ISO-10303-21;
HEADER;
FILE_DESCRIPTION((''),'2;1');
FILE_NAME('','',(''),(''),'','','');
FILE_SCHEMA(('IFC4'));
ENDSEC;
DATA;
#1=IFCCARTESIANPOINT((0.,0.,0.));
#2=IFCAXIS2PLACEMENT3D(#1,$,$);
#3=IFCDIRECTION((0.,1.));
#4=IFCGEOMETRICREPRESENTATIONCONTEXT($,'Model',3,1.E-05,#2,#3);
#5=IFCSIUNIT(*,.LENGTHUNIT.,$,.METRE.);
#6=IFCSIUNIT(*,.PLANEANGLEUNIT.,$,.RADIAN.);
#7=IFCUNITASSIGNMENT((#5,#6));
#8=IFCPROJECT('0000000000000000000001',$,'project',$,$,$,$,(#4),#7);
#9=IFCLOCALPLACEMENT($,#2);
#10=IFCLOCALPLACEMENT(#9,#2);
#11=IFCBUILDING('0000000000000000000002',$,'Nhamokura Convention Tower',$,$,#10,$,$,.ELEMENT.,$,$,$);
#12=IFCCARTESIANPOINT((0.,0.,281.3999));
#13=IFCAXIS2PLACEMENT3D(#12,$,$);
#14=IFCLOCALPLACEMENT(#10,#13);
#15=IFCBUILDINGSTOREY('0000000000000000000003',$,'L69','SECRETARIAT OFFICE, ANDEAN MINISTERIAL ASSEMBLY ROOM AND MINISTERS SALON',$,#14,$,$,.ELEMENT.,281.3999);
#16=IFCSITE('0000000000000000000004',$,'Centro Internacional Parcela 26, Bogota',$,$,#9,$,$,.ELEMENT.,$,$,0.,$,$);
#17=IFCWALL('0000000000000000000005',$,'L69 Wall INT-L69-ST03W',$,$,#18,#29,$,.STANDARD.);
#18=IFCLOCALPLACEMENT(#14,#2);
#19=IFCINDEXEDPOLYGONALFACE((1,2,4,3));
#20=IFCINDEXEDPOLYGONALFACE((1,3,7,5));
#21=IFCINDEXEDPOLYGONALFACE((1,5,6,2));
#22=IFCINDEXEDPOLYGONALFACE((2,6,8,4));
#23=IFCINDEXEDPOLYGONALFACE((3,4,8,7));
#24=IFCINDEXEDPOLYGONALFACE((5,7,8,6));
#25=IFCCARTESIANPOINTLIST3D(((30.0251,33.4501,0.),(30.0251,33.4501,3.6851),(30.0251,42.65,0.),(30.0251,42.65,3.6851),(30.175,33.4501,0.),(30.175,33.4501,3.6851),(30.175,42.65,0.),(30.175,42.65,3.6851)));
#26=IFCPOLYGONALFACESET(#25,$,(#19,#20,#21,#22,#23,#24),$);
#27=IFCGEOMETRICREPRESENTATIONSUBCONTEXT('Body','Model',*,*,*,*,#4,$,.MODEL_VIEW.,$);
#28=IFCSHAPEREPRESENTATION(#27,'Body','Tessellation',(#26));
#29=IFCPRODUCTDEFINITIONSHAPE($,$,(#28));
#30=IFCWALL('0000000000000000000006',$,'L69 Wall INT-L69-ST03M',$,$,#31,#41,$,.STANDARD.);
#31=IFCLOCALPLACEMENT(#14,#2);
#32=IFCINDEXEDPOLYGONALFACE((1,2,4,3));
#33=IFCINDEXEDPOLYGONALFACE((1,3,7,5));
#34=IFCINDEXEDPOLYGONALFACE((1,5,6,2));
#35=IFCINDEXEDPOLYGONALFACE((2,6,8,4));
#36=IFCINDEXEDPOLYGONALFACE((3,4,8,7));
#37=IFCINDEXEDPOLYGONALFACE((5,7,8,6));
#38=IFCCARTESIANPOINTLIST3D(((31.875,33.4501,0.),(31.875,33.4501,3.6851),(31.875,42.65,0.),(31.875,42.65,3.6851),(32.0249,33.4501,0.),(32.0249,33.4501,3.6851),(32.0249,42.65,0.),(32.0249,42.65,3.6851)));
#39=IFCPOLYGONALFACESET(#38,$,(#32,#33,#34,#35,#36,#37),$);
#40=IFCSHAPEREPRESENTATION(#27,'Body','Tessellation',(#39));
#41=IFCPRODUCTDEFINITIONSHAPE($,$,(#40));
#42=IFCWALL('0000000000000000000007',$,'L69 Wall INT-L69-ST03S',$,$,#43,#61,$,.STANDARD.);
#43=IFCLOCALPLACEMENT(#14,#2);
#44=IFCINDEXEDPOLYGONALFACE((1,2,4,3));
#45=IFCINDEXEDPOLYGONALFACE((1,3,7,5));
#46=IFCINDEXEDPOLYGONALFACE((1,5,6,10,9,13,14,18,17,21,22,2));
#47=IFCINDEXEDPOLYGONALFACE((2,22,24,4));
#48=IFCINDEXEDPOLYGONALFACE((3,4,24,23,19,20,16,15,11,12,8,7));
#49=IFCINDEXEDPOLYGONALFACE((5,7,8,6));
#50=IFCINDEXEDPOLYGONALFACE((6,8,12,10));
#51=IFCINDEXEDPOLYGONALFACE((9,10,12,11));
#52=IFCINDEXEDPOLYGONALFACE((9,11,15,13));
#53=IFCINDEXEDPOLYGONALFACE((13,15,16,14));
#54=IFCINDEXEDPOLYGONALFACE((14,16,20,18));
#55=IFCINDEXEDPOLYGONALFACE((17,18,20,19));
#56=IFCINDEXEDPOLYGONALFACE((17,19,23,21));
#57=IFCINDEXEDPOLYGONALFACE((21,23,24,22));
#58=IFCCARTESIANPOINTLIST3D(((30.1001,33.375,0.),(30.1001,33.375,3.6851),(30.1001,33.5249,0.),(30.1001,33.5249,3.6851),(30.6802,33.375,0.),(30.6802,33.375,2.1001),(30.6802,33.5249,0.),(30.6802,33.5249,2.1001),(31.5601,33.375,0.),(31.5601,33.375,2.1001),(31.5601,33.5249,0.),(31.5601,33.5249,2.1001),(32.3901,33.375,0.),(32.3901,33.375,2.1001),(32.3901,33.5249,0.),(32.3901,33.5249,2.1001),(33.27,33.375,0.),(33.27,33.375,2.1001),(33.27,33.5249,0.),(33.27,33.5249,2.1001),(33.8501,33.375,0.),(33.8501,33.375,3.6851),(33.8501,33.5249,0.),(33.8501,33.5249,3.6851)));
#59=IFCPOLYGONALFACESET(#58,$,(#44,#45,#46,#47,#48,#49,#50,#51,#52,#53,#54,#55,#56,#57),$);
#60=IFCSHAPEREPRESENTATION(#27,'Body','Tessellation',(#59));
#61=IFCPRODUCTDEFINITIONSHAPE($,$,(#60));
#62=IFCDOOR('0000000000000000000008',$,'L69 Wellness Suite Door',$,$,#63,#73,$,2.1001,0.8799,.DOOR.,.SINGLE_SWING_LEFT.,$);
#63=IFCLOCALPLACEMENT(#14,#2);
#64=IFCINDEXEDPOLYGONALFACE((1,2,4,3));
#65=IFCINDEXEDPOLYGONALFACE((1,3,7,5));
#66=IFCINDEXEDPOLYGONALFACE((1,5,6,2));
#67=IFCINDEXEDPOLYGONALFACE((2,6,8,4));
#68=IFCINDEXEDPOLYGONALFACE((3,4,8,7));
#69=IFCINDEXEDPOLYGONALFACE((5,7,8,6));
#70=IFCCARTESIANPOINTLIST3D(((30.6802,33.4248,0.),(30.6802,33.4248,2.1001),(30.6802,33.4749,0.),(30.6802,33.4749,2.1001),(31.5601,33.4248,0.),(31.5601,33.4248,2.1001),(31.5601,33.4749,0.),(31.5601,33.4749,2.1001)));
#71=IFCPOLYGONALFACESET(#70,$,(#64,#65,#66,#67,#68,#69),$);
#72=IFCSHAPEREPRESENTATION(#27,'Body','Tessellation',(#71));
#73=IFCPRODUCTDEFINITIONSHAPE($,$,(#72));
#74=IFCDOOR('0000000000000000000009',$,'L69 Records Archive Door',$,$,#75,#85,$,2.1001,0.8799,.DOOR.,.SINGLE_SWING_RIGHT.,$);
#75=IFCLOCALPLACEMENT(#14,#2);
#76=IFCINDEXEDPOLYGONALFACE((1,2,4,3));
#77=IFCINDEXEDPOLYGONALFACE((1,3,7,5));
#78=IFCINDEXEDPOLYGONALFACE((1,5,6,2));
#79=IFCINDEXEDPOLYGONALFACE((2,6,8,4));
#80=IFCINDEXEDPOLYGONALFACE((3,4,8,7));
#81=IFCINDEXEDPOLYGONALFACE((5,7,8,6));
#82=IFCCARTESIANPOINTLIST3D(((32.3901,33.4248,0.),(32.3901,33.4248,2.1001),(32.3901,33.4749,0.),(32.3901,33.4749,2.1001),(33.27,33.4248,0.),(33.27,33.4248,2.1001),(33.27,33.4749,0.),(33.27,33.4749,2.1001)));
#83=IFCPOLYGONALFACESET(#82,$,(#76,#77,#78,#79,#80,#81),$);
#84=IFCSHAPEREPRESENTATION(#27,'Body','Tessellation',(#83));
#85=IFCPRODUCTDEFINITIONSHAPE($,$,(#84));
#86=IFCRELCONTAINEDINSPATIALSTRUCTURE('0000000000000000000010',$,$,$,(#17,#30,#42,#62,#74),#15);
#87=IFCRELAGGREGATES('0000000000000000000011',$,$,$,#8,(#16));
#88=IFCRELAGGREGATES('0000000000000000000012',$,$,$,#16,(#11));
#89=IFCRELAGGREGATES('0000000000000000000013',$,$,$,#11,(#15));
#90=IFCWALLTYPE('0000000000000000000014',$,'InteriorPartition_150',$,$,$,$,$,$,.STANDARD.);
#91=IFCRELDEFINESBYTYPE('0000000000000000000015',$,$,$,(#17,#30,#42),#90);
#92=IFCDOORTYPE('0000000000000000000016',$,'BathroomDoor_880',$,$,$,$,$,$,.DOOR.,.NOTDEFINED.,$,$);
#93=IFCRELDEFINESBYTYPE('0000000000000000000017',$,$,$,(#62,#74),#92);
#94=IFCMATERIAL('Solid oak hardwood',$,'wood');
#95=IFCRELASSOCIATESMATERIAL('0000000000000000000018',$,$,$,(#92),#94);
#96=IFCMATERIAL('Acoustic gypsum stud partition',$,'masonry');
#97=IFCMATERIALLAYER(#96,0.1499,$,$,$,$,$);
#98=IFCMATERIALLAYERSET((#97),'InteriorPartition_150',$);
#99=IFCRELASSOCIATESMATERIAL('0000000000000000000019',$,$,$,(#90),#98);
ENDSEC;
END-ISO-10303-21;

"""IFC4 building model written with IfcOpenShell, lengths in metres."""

from ifc_helpers import new_model, si_unit, direction, frame, frame_2d, origin, place, context, subcontext, project, spatial, rectangle, extrude, material, layer, layer_set, type_object, element, fill, save


model = new_model("IFC4")

# Units and contexts
model_context = context("Model", 3, precision=1e-05, world=origin(), true_north=direction((0.0, 1.0)))
body_context = subcontext(model_context, "Body", "Model", "MODEL_VIEW")
ifc_project = project(units=[si_unit("LENGTHUNIT", "METRE"), si_unit("PLANEANGLEUNIT", "RADIAN")], contexts=[model_context])

# Site, building, storey
site_placement = place(None, origin())
site = spatial("IfcSite", under=ifc_project, at=site_placement, Name="Centro Internacional Parcela 26, Bogota", CompositionType="ELEMENT", RefElevation=0.0)
building_placement = place(site_placement, origin())
building = spatial("IfcBuilding", under=site, at=building_placement, Name="Nhamokura Convention Tower", CompositionType="ELEMENT")
storey_placement = place(building_placement, frame((0.0, 0.0, 281.3999)))
storey = spatial("IfcBuildingStorey", under=building, at=storey_placement, Name="L69", Description="SECRETARIAT OFFICE, ANDEAN MINISTERIAL ASSEMBLY ROOM AND MINISTERS SALON", CompositionType="ELEMENT", Elevation=281.3999)

# Shared definitions
ifc_material_1 = material(Name="Solid oak hardwood", Category="wood")
door_type_1 = type_object("IfcDoorType", Name="BathroomDoor_880", OperationType="NOTDEFINED", PredefinedType="DOOR", material=ifc_material_1)

# Walls
ifc_material_2 = material(Name="Acoustic gypsum stud partition", Category="masonry")
ifc_layer_1 = layer(ifc_material_2, 0.1499)
ifc_layer_set_1 = layer_set([ifc_layer_1], Name="InteriorPartition_150")
wall_type_1 = type_object("IfcWallType", Name="InteriorPartition_150", PredefinedType="STANDARD", material=ifc_layer_set_1)
for number, where, z_axis, x_axis, name in (
    (1, (30.1001, 33.45, 0.0), (0.0, 0.0, 1.0), (0.0, 1.0, 0.0), "L69 Wall INT-L69-ST03W"),
    (2, (31.95, 33.45, 0.0), (0.0, 0.0, 1.0), (0.0, 1.0, 0.0), "L69 Wall INT-L69-ST03M"),
):
    element("IfcWall", number, at=place(storey_placement, frame(where, z_axis=z_axis, x_axis=x_axis)), inside=storey, type_object=wall_type_1, Name=name, PredefinedType="STANDARD", context=body_context, shape_type="SweptSolid", body=[
        extrude(rectangle(XDim=9.2, YDim=0.1499, at=frame_2d((4.6001, 0.0))), origin(), (0.0, 0.0, 1.0), 3.6851),
    ])

# Wall, openings, doors
wall_1_placement = place(storey_placement, frame((30.1001, 33.45, 0.0), z_axis=(0.0, 0.0, 1.0), x_axis=(1.0, 0.0, 0.0)))
wall_1 = element("IfcWall", 3, at=wall_1_placement, inside=storey, type_object=wall_type_1, Name="L69 Wall INT-L69-ST03S", PredefinedType="STANDARD", context=body_context, shape_type="SweptSolid", body=[
    extrude(rectangle(XDim=3.75, YDim=0.1499, at=frame_2d((1.875, 0.0))), origin(), (0.0, 0.0, 1.0), 3.6851),
])
opening_1_placement = place(wall_1_placement, frame((0.5801, 0.0, 0.0)))
opening_1 = element("IfcOpeningElement", 4, at=opening_1_placement, cuts=wall_1, PredefinedType="OPENING", context=body_context, shape_type="SweptSolid", body=[
    extrude(rectangle(XDim=0.8799, YDim=2.1001, at=frame_2d((0.4399, 1.05))), frame((0.0, 0.085, 0.0), z_axis=(0.0, -1.0, 0.0), x_axis=(1.0, 0.0, 0.0)), (0.0, 0.0, 1.0), 0.1699),
])
opening_2_placement = place(wall_1_placement, frame((2.29, 0.0, 0.0)))
opening_2 = element("IfcOpeningElement", 5, at=opening_2_placement, cuts=wall_1, PredefinedType="OPENING", context=body_context, shape_type="SweptSolid", body=[
    extrude(rectangle(XDim=0.8799, YDim=2.1001, at=frame_2d((0.4399, 1.05))), frame((0.0, 0.085, 0.0), z_axis=(0.0, -1.0, 0.0), x_axis=(1.0, 0.0, 0.0)), (0.0, 0.0, 1.0), 0.1699),
])
door_1_placement = place(opening_1_placement, origin())
door_1 = element("IfcDoor", 6, at=door_1_placement, inside=storey, type_object=door_type_1, Name="L69 Wellness Suite Door", OperationType="SINGLE_SWING_LEFT", OverallHeight=2.1001, OverallWidth=0.8799, PredefinedType="DOOR", context=body_context, shape_type="SweptSolid", body=[
    extrude(rectangle(XDim=0.8799, YDim=2.1001, at=frame_2d((0.4399, 1.05))), frame((0.0, 0.0249, 0.0), z_axis=(0.0, -1.0, 0.0), x_axis=(1.0, 0.0, 0.0)), (0.0, 0.0, 1.0), 0.05),
])
fill(opening_1, door_1)
door_2_placement = place(opening_2_placement, origin())
door_2 = element("IfcDoor", 7, at=door_2_placement, inside=storey, type_object=door_type_1, Name="L69 Records Archive Door", OperationType="SINGLE_SWING_RIGHT", OverallHeight=2.1001, OverallWidth=0.8799, PredefinedType="DOOR", context=body_context, shape_type="SweptSolid", body=[
    extrude(rectangle(XDim=0.8799, YDim=2.1001, at=frame_2d((0.4399, 1.05))), frame((0.0, 0.0249, 0.0), z_axis=(0.0, -1.0, 0.0), x_axis=(1.0, 0.0, 0.0)), (0.0, 0.0, 1.0), 0.05),
])
fill(opening_2, door_2)

save(model, "model.ifc")
